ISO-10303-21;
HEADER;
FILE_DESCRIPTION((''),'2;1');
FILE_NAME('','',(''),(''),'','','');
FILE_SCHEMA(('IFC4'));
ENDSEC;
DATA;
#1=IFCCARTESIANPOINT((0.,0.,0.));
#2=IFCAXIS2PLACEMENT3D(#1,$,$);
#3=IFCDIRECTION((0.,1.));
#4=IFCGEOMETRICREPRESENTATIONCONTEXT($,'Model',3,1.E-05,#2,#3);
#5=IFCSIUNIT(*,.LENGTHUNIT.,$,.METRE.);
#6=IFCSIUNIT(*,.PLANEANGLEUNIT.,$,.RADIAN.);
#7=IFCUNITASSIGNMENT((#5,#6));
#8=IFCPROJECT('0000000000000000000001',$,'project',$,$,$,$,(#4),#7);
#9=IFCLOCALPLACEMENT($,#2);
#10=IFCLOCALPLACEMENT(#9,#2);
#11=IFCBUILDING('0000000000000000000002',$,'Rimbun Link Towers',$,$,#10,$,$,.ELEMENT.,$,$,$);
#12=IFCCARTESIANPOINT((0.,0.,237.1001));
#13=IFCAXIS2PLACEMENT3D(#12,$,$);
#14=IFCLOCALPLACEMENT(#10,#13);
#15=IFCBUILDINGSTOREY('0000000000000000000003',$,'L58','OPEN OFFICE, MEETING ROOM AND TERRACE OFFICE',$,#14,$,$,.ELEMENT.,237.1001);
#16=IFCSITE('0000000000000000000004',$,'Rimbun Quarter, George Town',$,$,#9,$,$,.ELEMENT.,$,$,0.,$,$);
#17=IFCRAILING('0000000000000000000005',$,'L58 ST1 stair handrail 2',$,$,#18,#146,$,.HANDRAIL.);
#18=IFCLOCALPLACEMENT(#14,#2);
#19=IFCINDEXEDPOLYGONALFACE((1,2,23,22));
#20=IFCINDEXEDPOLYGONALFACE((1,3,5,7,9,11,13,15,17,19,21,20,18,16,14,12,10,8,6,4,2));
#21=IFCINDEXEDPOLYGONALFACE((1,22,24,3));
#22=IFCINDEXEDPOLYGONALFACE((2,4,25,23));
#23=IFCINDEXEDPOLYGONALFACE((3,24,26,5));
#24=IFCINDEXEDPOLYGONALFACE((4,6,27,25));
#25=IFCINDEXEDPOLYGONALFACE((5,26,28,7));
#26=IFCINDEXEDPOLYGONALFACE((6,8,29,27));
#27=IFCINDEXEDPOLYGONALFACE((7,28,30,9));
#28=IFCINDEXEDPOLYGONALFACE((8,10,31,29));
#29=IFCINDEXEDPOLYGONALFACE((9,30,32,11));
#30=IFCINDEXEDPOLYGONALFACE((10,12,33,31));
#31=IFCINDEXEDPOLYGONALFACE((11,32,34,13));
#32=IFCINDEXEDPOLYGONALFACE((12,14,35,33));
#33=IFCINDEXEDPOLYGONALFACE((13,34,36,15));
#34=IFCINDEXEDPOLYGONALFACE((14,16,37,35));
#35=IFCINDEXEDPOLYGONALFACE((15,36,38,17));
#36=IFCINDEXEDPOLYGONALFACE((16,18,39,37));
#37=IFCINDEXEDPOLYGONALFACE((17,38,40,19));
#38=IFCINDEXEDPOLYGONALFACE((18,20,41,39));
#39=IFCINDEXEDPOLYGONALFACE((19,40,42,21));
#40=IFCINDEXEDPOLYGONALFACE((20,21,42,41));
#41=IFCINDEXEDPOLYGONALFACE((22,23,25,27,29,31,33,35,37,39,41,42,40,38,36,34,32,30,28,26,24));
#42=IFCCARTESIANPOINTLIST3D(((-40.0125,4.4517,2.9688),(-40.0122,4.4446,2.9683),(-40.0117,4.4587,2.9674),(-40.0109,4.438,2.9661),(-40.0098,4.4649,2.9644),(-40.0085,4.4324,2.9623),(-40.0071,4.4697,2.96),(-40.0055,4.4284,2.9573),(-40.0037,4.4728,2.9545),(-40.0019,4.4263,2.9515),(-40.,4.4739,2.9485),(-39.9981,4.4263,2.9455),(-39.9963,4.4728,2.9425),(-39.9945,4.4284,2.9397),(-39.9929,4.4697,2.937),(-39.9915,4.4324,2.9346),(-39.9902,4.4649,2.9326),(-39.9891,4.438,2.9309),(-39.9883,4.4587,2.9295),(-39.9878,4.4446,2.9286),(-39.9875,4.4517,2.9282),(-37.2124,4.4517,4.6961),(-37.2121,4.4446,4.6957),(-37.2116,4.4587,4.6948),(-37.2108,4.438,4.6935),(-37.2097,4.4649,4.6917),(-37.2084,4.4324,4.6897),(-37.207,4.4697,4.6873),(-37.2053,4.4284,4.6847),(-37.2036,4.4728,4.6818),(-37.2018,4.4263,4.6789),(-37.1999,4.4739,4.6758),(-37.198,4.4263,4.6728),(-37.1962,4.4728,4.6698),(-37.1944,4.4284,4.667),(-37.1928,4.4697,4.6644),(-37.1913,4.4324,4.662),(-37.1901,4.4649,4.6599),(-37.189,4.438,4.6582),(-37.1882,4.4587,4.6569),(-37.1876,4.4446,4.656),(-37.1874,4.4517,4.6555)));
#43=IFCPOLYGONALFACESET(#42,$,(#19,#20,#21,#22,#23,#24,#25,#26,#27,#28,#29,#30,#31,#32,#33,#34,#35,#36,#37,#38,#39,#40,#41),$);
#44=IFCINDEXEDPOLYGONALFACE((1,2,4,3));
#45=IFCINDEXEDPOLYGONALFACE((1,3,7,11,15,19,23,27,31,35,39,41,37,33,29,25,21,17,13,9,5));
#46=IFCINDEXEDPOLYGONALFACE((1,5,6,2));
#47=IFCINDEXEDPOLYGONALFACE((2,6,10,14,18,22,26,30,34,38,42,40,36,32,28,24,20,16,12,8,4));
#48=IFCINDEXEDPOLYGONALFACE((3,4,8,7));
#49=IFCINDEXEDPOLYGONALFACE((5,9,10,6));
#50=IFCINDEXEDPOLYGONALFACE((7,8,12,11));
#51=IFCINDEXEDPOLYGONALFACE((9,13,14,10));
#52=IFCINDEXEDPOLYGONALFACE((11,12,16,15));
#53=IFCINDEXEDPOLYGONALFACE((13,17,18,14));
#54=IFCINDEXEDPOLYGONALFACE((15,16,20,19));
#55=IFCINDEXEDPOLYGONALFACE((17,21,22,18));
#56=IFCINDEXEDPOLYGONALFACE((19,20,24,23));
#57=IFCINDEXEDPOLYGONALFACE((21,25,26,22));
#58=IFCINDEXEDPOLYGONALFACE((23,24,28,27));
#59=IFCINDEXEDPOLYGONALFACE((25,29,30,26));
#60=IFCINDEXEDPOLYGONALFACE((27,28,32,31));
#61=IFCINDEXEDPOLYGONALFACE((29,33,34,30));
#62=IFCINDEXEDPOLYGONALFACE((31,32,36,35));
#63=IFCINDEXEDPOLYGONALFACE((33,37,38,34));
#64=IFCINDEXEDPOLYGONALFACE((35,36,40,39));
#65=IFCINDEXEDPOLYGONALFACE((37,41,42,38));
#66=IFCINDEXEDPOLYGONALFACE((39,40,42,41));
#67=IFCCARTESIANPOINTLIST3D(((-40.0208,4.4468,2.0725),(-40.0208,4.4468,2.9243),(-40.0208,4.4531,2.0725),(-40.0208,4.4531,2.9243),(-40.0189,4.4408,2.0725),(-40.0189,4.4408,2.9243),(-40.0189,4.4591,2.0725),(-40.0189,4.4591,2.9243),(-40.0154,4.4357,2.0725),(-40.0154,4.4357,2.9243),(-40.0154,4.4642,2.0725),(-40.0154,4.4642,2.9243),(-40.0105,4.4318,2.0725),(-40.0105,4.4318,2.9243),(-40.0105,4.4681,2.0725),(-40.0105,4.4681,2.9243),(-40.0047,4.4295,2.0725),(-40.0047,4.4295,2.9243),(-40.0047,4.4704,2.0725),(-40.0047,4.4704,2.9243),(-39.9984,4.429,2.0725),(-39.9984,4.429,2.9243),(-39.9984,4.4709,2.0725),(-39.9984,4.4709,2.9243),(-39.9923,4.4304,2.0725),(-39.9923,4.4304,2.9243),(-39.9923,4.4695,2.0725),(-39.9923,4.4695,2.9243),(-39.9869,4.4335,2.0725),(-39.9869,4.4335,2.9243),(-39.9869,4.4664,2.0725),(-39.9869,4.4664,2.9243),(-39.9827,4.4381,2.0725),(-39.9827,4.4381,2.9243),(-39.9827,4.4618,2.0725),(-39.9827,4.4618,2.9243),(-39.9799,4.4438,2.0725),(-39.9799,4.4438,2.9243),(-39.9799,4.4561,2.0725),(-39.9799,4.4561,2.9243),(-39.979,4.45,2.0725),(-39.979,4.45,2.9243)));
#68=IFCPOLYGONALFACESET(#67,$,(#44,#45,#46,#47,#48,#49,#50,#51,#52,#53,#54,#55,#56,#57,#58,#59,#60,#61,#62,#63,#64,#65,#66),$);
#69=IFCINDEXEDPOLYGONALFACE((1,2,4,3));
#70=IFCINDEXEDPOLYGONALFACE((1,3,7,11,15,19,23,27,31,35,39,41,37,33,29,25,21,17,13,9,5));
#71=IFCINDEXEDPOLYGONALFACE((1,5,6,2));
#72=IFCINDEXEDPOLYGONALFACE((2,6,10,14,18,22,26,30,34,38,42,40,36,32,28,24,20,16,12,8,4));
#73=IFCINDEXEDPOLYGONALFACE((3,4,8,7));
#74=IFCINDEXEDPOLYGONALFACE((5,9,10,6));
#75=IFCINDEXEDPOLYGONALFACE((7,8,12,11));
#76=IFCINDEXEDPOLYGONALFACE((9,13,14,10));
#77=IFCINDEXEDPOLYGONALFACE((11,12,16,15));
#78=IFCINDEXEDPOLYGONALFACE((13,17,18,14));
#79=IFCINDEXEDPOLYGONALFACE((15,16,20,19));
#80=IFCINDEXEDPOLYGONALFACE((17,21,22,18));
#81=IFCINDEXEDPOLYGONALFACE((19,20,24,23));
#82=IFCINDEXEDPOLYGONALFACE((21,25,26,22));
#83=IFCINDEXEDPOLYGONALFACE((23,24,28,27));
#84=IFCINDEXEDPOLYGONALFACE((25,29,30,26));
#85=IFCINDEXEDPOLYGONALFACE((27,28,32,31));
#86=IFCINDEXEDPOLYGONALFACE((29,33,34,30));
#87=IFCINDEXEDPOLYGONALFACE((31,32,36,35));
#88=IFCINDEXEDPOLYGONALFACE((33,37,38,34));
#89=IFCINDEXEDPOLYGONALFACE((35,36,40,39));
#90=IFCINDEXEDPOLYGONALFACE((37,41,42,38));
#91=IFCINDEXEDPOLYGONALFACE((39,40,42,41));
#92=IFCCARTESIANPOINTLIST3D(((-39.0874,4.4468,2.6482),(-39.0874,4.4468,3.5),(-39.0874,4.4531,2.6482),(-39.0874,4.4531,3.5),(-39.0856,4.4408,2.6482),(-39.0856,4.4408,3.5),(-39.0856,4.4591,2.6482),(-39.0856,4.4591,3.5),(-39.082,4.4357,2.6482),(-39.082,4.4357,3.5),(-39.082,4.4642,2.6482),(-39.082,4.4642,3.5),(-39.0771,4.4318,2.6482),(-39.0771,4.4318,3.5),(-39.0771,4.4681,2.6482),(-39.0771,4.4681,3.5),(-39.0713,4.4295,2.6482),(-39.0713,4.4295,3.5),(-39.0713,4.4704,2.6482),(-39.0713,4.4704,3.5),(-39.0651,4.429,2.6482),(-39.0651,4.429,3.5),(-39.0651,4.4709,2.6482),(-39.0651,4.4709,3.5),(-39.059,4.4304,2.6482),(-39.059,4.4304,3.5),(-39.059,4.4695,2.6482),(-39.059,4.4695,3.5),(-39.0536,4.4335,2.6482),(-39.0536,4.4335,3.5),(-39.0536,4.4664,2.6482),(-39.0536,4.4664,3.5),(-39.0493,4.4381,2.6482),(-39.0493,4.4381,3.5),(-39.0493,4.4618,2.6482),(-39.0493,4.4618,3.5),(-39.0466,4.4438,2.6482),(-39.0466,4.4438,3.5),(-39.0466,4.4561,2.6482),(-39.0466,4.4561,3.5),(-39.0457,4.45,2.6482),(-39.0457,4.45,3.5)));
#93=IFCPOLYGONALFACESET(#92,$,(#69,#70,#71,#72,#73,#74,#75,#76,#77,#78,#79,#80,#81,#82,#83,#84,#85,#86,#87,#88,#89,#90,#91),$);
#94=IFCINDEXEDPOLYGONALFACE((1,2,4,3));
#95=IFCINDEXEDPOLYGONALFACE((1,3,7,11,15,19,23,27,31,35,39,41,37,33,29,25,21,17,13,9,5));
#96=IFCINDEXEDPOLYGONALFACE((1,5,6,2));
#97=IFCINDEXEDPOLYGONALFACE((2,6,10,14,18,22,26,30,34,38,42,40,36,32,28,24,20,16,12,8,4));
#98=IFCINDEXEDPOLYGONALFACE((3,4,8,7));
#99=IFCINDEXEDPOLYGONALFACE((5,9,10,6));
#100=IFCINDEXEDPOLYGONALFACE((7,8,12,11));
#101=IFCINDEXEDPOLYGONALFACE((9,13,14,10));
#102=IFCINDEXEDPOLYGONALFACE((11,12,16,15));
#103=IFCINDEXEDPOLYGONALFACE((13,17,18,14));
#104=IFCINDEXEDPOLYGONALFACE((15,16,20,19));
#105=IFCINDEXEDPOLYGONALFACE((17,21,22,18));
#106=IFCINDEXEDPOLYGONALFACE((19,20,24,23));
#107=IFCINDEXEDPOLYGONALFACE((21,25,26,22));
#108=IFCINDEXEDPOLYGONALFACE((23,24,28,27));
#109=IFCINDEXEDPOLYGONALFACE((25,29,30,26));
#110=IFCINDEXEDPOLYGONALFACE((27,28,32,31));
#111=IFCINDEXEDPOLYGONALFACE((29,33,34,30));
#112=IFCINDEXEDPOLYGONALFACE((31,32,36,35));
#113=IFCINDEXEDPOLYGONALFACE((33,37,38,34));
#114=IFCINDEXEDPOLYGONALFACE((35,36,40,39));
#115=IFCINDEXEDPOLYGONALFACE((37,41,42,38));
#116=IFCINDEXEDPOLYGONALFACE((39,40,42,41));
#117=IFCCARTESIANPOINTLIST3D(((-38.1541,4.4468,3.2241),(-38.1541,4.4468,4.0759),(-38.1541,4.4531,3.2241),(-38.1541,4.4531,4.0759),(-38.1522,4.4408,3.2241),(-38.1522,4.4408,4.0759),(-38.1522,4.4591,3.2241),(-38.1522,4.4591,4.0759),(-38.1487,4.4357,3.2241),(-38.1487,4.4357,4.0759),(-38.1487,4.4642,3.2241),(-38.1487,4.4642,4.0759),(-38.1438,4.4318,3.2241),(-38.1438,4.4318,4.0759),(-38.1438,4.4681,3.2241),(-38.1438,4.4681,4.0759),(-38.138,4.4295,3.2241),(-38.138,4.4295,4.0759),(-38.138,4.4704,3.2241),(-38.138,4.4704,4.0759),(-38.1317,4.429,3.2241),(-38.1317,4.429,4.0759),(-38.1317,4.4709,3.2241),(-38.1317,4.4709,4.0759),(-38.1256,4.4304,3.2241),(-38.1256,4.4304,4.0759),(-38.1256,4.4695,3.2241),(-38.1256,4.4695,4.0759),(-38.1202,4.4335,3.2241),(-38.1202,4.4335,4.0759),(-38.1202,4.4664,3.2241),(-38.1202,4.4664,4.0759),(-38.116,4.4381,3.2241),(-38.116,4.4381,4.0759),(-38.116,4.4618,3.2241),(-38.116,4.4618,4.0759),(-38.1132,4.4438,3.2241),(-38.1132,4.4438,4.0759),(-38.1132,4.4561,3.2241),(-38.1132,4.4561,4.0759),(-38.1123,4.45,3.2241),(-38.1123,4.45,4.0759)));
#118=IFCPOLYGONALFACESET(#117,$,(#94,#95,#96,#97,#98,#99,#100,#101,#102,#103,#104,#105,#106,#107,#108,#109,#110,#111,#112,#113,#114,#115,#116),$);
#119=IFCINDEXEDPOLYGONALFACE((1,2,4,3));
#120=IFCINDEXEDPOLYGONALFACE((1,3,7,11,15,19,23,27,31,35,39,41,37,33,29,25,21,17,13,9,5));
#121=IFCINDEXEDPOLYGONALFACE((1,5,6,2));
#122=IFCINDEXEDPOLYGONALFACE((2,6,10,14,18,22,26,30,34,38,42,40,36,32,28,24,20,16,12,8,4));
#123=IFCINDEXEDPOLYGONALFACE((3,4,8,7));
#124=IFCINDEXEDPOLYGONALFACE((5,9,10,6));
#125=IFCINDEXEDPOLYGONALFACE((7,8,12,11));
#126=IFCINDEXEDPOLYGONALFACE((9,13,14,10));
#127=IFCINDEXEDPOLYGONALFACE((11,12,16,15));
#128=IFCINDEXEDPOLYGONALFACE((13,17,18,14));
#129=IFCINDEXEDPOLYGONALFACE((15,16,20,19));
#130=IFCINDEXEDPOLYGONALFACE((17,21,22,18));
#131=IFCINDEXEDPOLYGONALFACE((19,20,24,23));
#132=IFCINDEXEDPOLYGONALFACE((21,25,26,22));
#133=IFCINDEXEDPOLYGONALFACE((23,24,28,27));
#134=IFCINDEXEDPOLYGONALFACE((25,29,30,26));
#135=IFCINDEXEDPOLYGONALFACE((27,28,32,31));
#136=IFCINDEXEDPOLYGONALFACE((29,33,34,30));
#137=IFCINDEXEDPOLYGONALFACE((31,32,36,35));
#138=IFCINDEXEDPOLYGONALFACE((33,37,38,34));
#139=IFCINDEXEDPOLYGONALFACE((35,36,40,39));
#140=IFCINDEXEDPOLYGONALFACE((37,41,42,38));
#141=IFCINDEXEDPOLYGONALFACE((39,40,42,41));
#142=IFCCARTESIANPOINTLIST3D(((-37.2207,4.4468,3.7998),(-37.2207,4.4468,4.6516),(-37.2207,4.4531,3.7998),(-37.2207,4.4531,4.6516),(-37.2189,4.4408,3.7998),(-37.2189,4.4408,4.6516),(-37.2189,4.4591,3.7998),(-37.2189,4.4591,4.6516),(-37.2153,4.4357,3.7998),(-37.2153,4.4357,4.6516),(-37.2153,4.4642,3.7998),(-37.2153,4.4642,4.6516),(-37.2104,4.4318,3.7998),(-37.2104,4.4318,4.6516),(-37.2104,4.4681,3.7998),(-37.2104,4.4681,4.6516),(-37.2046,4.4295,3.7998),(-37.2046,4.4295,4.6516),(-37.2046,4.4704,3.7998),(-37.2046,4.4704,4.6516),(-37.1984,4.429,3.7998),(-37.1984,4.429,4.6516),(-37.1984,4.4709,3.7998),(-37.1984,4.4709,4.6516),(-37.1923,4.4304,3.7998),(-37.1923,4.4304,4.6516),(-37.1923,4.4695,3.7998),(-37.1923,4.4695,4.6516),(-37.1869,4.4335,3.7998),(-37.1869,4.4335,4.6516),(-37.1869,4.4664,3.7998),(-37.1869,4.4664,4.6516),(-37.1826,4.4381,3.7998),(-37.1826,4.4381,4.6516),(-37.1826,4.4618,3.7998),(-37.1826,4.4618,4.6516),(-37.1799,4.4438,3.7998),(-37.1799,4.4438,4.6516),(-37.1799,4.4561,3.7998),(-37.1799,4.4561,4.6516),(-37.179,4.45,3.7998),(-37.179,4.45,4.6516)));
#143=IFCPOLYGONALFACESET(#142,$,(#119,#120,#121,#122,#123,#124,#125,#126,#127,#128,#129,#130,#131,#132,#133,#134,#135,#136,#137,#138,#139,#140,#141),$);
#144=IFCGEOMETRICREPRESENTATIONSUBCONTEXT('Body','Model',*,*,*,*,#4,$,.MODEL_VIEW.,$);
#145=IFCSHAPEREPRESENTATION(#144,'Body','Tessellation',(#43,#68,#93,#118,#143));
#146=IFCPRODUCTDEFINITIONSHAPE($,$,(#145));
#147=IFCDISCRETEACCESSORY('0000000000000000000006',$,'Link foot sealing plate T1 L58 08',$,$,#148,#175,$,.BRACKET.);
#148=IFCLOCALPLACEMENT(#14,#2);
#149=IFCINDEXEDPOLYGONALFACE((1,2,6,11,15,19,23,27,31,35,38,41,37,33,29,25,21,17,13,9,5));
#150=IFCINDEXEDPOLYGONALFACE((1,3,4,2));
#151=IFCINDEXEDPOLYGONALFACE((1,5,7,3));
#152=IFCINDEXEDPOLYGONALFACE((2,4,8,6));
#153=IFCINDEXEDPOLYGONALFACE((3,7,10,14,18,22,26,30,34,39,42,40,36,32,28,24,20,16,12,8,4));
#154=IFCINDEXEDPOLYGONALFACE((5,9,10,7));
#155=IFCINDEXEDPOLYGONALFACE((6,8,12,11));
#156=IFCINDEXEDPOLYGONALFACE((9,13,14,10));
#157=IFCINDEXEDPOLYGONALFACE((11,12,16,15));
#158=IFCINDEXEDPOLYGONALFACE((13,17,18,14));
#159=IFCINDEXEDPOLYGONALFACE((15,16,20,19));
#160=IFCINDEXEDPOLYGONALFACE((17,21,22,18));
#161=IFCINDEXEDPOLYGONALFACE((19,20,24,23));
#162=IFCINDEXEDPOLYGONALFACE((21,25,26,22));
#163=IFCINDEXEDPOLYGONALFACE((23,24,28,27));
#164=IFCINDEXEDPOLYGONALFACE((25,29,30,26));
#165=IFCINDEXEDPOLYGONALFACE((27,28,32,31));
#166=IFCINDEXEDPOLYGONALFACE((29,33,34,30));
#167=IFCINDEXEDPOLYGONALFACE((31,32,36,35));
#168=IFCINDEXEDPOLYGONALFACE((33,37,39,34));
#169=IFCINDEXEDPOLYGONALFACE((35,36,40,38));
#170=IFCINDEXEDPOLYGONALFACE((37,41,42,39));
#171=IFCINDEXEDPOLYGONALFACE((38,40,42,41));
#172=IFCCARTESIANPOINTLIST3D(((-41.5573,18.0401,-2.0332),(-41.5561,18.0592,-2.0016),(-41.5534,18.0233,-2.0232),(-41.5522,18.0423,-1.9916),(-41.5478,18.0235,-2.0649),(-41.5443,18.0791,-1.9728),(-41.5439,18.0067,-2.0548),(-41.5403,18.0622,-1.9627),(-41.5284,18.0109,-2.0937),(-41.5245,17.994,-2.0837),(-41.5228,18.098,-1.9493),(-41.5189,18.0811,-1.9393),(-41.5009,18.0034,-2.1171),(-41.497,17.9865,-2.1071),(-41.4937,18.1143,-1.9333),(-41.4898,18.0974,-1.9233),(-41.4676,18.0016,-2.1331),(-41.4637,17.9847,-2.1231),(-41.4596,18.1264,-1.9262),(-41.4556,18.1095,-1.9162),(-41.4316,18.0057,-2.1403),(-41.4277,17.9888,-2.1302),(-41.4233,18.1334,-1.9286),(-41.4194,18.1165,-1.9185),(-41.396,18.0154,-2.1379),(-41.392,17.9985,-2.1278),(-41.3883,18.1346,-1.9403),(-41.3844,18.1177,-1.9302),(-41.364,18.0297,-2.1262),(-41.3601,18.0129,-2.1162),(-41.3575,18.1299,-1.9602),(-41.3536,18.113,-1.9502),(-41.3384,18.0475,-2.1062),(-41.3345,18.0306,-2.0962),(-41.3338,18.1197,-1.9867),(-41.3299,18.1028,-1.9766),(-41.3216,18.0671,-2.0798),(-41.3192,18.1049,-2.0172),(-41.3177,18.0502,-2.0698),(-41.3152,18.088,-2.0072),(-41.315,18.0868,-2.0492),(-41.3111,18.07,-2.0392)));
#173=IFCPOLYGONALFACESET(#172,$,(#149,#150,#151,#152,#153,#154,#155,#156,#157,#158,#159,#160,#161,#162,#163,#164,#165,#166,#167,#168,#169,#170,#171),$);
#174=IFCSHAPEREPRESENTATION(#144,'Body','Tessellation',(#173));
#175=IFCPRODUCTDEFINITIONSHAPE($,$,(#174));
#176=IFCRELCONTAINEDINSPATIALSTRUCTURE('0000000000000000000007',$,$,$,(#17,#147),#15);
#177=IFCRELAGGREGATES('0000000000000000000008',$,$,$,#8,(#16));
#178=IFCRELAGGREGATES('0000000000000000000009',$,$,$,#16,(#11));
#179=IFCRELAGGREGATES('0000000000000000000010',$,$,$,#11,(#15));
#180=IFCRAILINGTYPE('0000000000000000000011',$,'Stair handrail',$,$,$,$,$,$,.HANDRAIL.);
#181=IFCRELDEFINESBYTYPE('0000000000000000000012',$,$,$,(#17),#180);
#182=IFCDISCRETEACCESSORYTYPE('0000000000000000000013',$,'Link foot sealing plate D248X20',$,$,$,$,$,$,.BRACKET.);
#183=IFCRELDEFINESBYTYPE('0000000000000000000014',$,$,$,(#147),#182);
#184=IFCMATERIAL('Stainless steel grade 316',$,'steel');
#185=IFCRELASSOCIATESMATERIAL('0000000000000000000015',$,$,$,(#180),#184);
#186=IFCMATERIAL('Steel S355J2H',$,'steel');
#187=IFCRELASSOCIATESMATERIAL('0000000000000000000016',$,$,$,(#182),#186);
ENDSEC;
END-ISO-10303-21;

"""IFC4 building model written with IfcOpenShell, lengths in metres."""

from ifc_helpers import new_model, si_unit, direction, frame, origin, origin_2d, place, context, subcontext, project, spatial, circle, extrude, material, material_profile, profile_set, type_object, element, save


model = new_model("IFC4")

# Units and contexts
model_context = context("Model", 3, precision=1e-05, world=origin(), true_north=direction((0.0, 1.0)))
body_context = subcontext(model_context, "Body", "Model", "MODEL_VIEW")
ifc_project = project(units=[si_unit("LENGTHUNIT", "METRE"), si_unit("PLANEANGLEUNIT", "RADIAN")], contexts=[model_context])

# Site, building, storey
site_placement = place(None, origin())
site = spatial("IfcSite", under=ifc_project, at=site_placement, Name="Rimbun Quarter, George Town", CompositionType="ELEMENT", RefElevation=0.0)
building_placement = place(site_placement, origin())
building = spatial("IfcBuilding", under=site, at=building_placement, Name="Rimbun Link Towers", CompositionType="ELEMENT")
storey_placement = place(building_placement, frame((0.0, 0.0, 237.1001)))
storey = spatial("IfcBuildingStorey", under=building, at=storey_placement, Name="L58", Description="OPEN OFFICE, MEETING ROOM AND TERRACE OFFICE", CompositionType="ELEMENT", Elevation=237.1001)

# Railing
ifc_material_1 = material(Name="Stainless steel grade 316", Category="steel")
railing_type_1 = type_object("IfcRailingType", Name="Stair handrail", PredefinedType="HANDRAIL", material=ifc_material_1)
railing_1_placement = place(storey_placement, frame((-40.0, 4.45, 2.0725)))
element("IfcRailing", 1, at=railing_1_placement, inside=storey, type_object=railing_type_1, Name="L58 ST1 stair handrail 2", PredefinedType="HANDRAIL", context=body_context, shape_type="SweptSolid", body=[
    extrude(circle(Radius=0.0239, at=origin_2d()), frame((0.0, 0.0, 0.876), z_axis=(0.85109, 0.0, 0.52502), x_axis=(0.0, 1.0, 0.0)), (0.0, 0.0, 1.0), 3.29),
    extrude(circle(Radius=0.021, at=origin_2d()), origin(), (0.0, 0.0, 1.0), 0.8518),
    extrude(circle(Radius=0.021, at=origin_2d()), frame((0.9333, 0.0, 0.5757)), (0.0, 0.0, 1.0), 0.8518),
    extrude(circle(Radius=0.021, at=origin_2d()), frame((1.8667, 0.0, 1.1516)), (0.0, 0.0, 1.0), 0.8518),
    extrude(circle(Radius=0.021, at=origin_2d()), frame((2.8, 0.0, 1.7273)), (0.0, 0.0, 1.0), 0.8518),
])

# Discrete accessory
ifc_material_2 = material(Name="Steel S355J2H", Category="steel")
ifc_material_profile_1 = material_profile(ifc_material_2, circle(Radius=0.124, at=origin_2d()), Name="PL D248")
ifc_profile_set_1 = profile_set([ifc_material_profile_1], Name="Steel S355J2H")
discrete_accessory_type = type_object("IfcDiscreteAccessoryType", Name="Link foot sealing plate D248X20", PredefinedType="BRACKET", material=ifc_profile_set_1)
discrete_accessory_placement = place(storey_placement, frame((-41.4326, 18.0513, -2.0232), z_axis=(-0.1955, 0.843095, -0.500969), x_axis=(-0.974153, -0.22589, 0.0)))
element("IfcDiscreteAccessory", 2, at=discrete_accessory_placement, inside=storey, type_object=discrete_accessory_type, Name="Link foot sealing plate T1 L58 08", PredefinedType="BRACKET", context=body_context, shape_type="SweptSolid", body=[
    extrude(circle(Radius=0.124, at=origin_2d()), origin(), (0.0, 0.0, 1.0), 0.02),
])

save(model, "model.ifc")
